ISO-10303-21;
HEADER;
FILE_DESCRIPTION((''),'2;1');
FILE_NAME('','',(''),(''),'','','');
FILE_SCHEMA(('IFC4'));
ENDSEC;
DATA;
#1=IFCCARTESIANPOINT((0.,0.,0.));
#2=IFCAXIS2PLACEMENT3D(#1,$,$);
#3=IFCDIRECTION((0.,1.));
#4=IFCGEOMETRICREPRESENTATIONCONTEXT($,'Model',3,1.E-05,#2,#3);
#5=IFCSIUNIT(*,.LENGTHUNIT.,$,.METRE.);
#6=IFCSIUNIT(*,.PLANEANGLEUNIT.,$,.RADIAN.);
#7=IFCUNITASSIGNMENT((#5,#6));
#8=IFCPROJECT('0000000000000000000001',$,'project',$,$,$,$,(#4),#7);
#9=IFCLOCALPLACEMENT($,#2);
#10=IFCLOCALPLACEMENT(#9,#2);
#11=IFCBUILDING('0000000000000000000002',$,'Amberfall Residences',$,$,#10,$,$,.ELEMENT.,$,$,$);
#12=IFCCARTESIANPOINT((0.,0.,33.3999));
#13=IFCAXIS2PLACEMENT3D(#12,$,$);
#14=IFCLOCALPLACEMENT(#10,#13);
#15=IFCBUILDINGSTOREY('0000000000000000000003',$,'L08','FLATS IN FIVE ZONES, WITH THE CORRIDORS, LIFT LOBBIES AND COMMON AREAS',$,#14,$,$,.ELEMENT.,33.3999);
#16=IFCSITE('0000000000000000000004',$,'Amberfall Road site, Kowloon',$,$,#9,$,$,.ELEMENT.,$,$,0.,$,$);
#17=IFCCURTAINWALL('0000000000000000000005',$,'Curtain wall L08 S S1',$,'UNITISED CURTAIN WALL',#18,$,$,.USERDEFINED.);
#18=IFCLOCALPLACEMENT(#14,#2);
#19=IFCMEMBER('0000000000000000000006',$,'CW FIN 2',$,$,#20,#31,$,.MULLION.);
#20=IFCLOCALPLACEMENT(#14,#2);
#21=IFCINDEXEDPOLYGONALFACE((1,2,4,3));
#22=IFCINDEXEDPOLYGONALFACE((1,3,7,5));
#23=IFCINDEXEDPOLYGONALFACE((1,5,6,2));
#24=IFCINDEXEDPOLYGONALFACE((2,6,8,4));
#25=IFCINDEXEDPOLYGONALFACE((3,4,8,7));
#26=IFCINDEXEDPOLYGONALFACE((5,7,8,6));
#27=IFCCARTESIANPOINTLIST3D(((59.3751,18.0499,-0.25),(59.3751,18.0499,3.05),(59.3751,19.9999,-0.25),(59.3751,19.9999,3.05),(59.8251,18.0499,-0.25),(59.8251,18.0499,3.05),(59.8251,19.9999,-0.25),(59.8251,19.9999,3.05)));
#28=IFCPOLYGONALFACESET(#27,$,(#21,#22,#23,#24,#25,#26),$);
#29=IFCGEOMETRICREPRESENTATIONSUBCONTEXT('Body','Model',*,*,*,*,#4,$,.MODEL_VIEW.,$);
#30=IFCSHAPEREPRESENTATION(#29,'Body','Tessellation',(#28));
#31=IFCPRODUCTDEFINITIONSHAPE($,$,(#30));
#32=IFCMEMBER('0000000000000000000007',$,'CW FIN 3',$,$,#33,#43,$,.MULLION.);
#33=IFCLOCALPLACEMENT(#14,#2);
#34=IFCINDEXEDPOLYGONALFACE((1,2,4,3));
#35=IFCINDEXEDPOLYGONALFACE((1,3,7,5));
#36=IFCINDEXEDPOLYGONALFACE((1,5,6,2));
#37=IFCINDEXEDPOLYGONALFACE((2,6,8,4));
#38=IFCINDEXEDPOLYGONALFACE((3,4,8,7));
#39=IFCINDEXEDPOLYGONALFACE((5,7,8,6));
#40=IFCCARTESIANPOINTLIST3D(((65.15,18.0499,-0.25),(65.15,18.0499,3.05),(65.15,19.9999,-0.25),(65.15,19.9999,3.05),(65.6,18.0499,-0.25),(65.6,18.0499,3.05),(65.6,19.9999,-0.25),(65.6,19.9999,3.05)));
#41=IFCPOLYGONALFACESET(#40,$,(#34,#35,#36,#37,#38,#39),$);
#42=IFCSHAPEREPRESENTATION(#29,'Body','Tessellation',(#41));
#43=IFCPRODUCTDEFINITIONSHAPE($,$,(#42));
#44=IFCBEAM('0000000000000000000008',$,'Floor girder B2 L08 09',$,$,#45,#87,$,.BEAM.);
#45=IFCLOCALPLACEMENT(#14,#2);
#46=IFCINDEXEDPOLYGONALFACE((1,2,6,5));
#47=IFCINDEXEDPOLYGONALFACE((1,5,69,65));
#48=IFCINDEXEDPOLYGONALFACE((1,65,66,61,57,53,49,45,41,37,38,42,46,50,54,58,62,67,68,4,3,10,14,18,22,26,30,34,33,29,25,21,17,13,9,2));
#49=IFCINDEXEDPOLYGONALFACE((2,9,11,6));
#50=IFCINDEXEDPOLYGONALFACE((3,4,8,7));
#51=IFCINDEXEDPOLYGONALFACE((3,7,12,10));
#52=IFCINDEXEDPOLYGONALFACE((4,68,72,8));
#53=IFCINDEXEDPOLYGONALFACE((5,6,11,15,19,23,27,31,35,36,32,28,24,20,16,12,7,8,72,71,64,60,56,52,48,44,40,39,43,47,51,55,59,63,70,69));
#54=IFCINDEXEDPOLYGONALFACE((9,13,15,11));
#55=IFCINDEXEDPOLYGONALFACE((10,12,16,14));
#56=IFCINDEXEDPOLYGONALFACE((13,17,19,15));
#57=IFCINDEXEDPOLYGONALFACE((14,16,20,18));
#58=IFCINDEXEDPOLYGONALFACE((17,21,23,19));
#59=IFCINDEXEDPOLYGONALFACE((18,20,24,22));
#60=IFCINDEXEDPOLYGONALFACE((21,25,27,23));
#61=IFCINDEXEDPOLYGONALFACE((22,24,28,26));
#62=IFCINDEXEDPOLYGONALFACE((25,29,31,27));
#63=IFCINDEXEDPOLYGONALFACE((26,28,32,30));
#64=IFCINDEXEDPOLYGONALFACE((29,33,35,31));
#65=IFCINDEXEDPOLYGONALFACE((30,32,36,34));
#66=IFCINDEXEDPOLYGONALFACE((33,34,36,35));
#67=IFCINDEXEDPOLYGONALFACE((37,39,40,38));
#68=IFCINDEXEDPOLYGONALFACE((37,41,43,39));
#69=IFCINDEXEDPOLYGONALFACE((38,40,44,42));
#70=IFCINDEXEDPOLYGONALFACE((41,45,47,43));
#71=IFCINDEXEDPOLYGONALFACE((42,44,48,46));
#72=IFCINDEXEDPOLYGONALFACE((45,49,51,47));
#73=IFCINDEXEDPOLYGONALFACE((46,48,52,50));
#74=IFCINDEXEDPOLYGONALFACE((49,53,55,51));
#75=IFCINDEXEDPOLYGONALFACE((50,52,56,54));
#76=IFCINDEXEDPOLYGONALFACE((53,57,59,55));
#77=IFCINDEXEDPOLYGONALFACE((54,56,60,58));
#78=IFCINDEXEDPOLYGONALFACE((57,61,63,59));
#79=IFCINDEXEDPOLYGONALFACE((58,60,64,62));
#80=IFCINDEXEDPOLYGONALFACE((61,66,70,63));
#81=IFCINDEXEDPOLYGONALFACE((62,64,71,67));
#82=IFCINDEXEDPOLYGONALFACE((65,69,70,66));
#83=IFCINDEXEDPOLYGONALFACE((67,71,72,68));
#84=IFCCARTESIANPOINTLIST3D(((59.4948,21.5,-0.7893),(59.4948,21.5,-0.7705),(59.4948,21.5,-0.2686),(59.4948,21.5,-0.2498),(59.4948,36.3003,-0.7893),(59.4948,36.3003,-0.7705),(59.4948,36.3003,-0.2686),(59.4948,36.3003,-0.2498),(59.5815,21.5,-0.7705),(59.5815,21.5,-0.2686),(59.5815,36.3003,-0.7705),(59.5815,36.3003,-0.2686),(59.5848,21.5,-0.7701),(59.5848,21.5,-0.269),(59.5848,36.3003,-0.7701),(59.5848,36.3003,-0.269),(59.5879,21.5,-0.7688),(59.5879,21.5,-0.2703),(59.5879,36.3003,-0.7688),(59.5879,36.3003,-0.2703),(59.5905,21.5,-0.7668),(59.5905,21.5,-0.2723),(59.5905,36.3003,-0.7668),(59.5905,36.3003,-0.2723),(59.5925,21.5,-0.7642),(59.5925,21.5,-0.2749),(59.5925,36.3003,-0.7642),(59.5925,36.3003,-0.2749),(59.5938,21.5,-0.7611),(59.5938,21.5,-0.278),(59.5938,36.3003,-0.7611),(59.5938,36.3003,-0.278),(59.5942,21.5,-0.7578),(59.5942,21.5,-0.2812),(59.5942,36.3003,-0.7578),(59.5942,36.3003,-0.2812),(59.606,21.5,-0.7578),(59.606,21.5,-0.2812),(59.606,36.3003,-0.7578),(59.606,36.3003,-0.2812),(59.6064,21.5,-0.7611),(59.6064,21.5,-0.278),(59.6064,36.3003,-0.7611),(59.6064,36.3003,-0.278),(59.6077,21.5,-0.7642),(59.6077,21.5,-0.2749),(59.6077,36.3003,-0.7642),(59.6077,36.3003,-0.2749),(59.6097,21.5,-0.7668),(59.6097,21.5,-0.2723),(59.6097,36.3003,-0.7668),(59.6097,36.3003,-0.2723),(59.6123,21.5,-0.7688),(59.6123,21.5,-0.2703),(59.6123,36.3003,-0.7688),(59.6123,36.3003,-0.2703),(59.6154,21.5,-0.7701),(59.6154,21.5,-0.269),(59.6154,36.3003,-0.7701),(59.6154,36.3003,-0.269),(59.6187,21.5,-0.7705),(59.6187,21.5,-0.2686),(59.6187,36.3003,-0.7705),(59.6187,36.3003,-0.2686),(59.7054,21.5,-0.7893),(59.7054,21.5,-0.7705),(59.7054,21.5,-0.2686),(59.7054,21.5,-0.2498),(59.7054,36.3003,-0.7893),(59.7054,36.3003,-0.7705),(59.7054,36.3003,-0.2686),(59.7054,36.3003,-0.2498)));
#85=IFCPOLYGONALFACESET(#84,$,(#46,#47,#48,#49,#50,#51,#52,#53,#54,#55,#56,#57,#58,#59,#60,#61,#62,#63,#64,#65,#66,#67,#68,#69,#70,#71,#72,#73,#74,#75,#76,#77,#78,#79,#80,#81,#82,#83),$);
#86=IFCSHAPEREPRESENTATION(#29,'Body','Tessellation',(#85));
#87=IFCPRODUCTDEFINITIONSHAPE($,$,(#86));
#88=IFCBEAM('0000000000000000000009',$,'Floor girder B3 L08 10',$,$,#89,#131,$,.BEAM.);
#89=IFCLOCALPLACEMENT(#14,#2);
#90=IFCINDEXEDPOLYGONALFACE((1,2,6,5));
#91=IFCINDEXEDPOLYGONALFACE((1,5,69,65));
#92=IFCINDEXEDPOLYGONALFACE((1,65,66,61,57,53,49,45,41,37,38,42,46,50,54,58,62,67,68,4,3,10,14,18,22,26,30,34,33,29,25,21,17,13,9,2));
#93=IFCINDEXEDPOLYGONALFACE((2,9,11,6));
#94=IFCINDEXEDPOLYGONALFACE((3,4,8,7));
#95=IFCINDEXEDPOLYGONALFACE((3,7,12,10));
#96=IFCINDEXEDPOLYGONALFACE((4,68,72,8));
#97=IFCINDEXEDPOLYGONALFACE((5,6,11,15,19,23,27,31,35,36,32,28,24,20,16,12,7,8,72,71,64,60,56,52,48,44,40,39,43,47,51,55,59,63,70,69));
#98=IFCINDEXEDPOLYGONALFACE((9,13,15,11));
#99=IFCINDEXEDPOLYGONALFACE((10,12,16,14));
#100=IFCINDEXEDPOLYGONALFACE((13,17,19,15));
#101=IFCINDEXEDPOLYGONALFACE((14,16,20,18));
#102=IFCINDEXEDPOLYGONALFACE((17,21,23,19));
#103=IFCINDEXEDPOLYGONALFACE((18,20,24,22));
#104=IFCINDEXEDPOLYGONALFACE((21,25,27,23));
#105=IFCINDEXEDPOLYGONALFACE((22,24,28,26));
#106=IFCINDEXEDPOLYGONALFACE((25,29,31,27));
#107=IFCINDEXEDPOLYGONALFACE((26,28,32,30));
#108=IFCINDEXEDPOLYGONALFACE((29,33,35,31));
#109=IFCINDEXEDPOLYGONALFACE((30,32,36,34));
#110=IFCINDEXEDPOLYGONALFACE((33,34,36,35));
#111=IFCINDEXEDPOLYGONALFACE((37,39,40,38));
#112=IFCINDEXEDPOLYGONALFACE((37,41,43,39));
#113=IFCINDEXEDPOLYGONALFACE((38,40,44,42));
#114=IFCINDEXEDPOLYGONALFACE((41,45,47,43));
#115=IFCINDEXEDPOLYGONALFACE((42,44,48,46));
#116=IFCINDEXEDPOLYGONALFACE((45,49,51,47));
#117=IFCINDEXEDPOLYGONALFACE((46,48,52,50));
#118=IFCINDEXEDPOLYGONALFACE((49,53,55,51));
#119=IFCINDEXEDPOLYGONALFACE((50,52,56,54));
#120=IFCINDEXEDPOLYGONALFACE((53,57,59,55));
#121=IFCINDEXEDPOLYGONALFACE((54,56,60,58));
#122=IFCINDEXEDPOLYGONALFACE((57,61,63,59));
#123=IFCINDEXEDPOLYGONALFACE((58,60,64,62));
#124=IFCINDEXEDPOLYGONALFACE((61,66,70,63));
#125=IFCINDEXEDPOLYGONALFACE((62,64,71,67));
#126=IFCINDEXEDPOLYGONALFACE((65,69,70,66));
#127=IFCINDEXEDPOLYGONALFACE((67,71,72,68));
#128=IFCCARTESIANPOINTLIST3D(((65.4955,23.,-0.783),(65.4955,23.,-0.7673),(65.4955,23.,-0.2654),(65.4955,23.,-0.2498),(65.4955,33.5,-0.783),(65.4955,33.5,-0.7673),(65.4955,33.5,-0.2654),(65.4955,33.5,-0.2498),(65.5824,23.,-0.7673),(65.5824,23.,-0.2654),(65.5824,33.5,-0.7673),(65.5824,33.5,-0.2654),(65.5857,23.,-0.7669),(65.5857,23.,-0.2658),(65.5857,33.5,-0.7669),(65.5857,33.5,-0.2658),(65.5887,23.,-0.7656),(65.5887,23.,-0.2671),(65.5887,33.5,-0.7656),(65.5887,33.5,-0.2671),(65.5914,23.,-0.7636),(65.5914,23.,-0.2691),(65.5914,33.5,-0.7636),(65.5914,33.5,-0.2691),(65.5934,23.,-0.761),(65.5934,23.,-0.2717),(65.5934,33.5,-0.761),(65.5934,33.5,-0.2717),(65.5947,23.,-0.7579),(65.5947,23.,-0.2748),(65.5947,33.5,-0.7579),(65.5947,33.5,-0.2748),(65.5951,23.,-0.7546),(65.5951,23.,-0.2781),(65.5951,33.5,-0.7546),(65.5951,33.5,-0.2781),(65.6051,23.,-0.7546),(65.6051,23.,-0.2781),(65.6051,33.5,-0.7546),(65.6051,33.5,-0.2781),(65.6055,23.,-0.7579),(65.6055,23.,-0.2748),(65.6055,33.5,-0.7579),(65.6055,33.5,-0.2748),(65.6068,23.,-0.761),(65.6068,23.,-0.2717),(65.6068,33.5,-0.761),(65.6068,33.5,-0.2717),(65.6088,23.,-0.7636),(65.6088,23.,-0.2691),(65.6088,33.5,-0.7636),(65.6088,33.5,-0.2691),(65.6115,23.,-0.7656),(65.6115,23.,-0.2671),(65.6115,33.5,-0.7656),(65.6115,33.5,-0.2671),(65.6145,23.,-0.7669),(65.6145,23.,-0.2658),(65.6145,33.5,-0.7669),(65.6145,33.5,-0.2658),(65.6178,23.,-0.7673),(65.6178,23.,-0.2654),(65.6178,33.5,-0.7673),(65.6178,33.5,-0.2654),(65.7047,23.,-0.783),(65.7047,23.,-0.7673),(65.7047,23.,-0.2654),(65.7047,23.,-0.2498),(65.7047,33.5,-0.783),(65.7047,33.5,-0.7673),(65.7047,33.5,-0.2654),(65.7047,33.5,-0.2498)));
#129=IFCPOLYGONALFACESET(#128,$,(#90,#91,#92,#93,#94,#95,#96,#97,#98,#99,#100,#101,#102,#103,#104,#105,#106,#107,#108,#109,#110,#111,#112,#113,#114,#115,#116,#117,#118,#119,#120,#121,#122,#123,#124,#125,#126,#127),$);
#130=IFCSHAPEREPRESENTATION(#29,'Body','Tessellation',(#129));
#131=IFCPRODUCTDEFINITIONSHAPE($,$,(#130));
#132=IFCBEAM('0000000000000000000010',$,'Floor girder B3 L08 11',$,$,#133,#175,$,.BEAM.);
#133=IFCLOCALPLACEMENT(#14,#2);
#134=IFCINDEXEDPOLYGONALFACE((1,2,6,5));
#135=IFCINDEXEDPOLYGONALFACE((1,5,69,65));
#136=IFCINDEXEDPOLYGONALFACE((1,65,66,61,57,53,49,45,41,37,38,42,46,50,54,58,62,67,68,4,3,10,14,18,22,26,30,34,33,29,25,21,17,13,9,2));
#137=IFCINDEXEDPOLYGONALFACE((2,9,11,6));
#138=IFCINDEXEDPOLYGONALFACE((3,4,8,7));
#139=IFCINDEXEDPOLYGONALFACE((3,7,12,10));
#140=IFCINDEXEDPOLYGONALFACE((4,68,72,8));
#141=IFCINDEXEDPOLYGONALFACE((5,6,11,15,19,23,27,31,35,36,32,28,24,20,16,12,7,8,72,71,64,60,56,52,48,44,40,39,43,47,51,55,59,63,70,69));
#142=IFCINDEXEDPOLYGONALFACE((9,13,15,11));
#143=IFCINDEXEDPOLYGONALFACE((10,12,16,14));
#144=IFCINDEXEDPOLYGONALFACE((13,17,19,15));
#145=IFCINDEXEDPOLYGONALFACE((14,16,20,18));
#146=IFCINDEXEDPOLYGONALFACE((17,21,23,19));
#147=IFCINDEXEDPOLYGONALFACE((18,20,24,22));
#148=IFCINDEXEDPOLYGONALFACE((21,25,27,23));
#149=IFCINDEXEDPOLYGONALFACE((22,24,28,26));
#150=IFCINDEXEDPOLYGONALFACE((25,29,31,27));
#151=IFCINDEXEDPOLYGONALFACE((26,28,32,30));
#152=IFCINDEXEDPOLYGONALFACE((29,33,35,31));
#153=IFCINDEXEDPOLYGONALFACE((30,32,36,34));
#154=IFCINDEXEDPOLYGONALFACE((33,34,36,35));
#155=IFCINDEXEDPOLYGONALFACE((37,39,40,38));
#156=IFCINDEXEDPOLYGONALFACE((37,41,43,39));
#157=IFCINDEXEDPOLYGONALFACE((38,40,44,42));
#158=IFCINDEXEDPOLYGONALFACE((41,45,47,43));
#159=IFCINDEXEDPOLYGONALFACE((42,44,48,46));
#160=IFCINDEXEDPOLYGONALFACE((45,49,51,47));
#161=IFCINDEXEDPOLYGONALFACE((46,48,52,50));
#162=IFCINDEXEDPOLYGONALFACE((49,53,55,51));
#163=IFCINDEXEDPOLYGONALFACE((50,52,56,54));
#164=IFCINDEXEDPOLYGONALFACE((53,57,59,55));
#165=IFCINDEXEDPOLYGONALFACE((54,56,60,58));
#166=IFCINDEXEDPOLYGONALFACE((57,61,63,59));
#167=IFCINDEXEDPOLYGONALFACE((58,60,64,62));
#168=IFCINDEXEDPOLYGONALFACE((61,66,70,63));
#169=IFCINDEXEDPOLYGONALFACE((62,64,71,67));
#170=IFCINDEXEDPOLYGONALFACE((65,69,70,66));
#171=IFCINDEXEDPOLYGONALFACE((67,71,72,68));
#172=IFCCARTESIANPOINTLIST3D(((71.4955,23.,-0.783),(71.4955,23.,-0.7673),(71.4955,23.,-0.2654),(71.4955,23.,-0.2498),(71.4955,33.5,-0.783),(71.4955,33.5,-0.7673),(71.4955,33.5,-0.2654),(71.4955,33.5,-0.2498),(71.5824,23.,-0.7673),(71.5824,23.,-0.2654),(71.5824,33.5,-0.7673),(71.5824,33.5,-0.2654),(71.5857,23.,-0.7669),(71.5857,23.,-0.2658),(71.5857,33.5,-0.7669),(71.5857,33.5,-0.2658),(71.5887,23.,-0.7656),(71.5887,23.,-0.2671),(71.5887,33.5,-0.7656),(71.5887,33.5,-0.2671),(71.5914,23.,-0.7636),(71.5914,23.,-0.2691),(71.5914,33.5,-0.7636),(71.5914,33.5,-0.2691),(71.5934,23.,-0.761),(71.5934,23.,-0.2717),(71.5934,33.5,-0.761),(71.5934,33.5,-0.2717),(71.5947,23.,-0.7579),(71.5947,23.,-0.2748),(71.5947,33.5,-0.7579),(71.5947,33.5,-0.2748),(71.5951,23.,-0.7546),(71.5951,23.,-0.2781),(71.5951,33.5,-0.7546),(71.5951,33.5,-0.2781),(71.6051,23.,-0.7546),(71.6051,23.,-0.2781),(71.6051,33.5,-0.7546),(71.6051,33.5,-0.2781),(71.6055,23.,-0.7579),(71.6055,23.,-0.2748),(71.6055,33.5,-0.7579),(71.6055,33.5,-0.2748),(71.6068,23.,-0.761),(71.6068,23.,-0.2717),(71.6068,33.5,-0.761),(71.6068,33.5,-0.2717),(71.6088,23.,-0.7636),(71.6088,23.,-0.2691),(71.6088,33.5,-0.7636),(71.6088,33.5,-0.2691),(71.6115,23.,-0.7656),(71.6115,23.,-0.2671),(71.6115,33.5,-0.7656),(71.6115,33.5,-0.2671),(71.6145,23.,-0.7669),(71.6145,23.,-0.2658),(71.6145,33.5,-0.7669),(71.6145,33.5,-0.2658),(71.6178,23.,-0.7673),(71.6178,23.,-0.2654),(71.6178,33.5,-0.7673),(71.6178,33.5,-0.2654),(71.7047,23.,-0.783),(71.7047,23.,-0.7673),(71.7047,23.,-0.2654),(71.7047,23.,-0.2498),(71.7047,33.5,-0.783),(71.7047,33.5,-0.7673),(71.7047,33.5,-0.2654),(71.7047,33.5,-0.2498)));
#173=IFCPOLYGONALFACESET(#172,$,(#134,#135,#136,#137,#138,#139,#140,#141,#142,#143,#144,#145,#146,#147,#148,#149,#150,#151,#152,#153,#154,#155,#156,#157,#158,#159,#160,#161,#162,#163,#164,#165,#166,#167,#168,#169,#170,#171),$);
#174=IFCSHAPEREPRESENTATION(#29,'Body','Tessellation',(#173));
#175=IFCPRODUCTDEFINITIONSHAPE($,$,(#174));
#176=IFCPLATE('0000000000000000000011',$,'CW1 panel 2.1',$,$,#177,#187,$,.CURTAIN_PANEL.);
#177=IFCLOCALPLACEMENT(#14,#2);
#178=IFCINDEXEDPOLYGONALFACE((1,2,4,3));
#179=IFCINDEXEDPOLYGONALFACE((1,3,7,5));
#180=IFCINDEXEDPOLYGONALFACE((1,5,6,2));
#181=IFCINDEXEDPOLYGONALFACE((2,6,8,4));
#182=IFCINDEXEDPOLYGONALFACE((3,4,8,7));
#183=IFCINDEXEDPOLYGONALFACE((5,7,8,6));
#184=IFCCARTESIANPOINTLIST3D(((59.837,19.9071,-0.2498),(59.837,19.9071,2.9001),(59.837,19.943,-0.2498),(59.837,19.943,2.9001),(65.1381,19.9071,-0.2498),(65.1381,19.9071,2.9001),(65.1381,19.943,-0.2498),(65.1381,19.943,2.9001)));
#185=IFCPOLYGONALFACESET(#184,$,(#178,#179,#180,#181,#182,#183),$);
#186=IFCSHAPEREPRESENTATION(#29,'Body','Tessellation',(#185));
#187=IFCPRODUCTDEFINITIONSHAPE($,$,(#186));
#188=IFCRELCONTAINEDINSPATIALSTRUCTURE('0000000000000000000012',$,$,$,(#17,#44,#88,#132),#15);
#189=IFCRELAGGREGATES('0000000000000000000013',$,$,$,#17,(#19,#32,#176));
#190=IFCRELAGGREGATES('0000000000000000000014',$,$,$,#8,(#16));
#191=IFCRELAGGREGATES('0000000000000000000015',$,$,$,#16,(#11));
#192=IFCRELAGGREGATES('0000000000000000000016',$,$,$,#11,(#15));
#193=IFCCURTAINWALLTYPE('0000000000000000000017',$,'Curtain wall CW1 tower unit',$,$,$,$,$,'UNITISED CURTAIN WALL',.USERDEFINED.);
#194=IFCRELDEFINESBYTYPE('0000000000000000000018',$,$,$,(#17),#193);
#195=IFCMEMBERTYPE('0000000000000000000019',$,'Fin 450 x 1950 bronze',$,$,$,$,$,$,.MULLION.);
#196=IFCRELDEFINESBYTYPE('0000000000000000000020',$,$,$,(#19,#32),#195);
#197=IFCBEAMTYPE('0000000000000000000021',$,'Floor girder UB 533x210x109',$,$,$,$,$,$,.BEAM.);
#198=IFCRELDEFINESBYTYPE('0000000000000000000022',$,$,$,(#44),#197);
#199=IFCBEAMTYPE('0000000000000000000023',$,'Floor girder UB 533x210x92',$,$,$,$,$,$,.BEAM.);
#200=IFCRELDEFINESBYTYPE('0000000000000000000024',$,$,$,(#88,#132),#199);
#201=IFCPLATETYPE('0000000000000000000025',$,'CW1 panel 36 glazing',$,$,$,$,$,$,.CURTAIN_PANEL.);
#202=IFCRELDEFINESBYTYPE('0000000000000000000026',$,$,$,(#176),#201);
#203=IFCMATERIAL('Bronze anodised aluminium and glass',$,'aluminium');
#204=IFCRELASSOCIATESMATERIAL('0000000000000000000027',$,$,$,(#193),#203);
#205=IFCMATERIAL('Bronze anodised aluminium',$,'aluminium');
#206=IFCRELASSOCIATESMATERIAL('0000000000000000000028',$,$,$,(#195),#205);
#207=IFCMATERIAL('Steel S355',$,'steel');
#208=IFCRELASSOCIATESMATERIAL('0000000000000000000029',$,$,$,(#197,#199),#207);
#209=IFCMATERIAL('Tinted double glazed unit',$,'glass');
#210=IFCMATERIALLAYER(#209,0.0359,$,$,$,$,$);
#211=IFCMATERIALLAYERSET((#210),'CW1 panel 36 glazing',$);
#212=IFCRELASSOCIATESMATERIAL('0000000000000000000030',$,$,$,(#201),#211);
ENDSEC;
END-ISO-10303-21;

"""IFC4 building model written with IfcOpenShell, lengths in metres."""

from ifc_helpers import new_model, si_unit, direction, frame, origin, origin_2d, place, context, subcontext, project, spatial, rectangle, i_section, extrude, material, layer, layer_set, material_profile, profile_set, type_object, element, aggregate, save


model = new_model("IFC4")

# Units and contexts
model_context = context("Model", 3, precision=1e-05, world=origin(), true_north=direction((0.0, 1.0)))
body_context = subcontext(model_context, "Body", "Model", "MODEL_VIEW")
ifc_project = project(units=[si_unit("LENGTHUNIT", "METRE"), si_unit("PLANEANGLEUNIT", "RADIAN")], contexts=[model_context])

# Site, building, storey
site_placement = place(None, origin())
site = spatial("IfcSite", under=ifc_project, at=site_placement, Name="Amberfall Road site, Kowloon", CompositionType="ELEMENT", RefElevation=0.0)
building_placement = place(site_placement, origin())
building = spatial("IfcBuilding", under=site, at=building_placement, Name="Amberfall Residences", CompositionType="ELEMENT")
storey_placement = place(building_placement, frame((0.0, 0.0, 33.3999)))
storey = spatial("IfcBuildingStorey", under=building, at=storey_placement, Name="L08", Description="FLATS IN FIVE ZONES, WITH THE CORRIDORS, LIFT LOBBIES AND COMMON AREAS", CompositionType="ELEMENT", Elevation=33.3999)

# Curtain wall
ifc_material_1 = material(Name="Bronze anodised aluminium and glass", Category="aluminium")
curtain_wall_type = type_object("IfcCurtainWallType", Name="Curtain wall CW1 tower unit", ElementType="UNITISED CURTAIN WALL", PredefinedType="USERDEFINED", material=ifc_material_1)
curtain_wall_placement = place(storey_placement, origin())
curtain_wall = element("IfcCurtainWall", 1, at=curtain_wall_placement, inside=storey, type_object=curtain_wall_type, Name="Curtain wall L08 S S1", ObjectType="UNITISED CURTAIN WALL", PredefinedType="USERDEFINED")
ifc_material_2 = material(Name="Bronze anodised aluminium", Category="aluminium")

# Shared definitions
ifc_material_3 = material(Name="Steel S355", Category="steel")

# Members
ifc_material_profile_1 = material_profile(ifc_material_2, rectangle(XDim=1.95, YDim=0.45, at=origin_2d()), Name="Fin 450 x 1950 bronze")
ifc_profile_set_1 = profile_set([ifc_material_profile_1], Name="Bronze anodised aluminium")
member_type_1 = type_object("IfcMemberType", Name="Fin 450 x 1950 bronze", PredefinedType="MULLION", material=ifc_profile_set_1)
member_1_placement = place(storey_placement, frame((59.6001, 19.0249, -0.25), z_axis=(0.0, 0.0, 1.0), x_axis=(0.0, 1.0, 0.0)))
member_1 = element("IfcMember", 2, at=member_1_placement, type_object=member_type_1, Name="CW FIN 2", PredefinedType="MULLION", context=body_context, shape_type="SweptSolid", body=[
    extrude(rectangle(XDim=1.95, YDim=0.45, at=origin_2d()), origin(), (0.0, 0.0, 1.0), 3.3),
])
member_2_placement = place(storey_placement, frame((65.375, 19.0249, -0.25), z_axis=(0.0, 0.0, 1.0), x_axis=(0.0, 1.0, 0.0)))
member_2 = element("IfcMember", 3, at=member_2_placement, type_object=member_type_1, Name="CW FIN 3", PredefinedType="MULLION", context=body_context, shape_type="SweptSolid", body=[
    extrude(rectangle(XDim=1.95, YDim=0.45, at=origin_2d()), origin(), (0.0, 0.0, 1.0), 3.3),
])

# Beams
ifc_material_profile_2 = material_profile(ifc_material_3, i_section(OverallWidth=0.2107, OverallDepth=0.5396, WebThickness=0.0117, FlangeThickness=0.0188, FilletRadius=0.0127, at=origin_2d()), Name="UB 533x210x109")
ifc_profile_set_2 = profile_set([ifc_material_profile_2], Name="Steel S355")
beam_type_1 = type_object("IfcBeamType", Name="Floor girder UB 533x210x109", PredefinedType="BEAM", material=ifc_profile_set_2)
beam_1_placement = place(storey_placement, frame((59.6001, 21.5, -0.5195), z_axis=(0.0, 1.0, 0.0), x_axis=(-1.0, 0.0, 0.0)))
element("IfcBeam", 4, at=beam_1_placement, inside=storey, type_object=beam_type_1, Name="Floor girder B2 L08 09", PredefinedType="BEAM", context=body_context, shape_type="SweptSolid", body=[
    extrude(i_section(OverallWidth=0.2107, OverallDepth=0.5396, WebThickness=0.0117, FlangeThickness=0.0188, FilletRadius=0.0127, at=origin_2d()), origin(), (0.0, 0.0, 1.0), 14.8003),
])
ifc_material_profile_3 = material_profile(ifc_material_3, i_section(OverallWidth=0.2092, OverallDepth=0.5332, WebThickness=0.01, FlangeThickness=0.0156, FilletRadius=0.0127, at=origin_2d()), Name="UB 533x210x92")
ifc_profile_set_3 = profile_set([ifc_material_profile_3], Name="Steel S355")
beam_type_2 = type_object("IfcBeamType", Name="Floor girder UB 533x210x92", PredefinedType="BEAM", material=ifc_profile_set_3)
for number, where, z_axis, x_axis, name in (
    (5, (65.6001, 23.0, -0.5164), (0.0, 1.0, 0.0), (-1.0, 0.0, 0.0), "Floor girder B3 L08 10"),
    (6, (71.6001, 23.0, -0.5164), (0.0, 1.0, 0.0), (-1.0, 0.0, 0.0), "Floor girder B3 L08 11"),
):
    element("IfcBeam", number, at=place(storey_placement, frame(where, z_axis=z_axis, x_axis=x_axis)), inside=storey, type_object=beam_type_2, Name=name, PredefinedType="BEAM", context=body_context, shape_type="SweptSolid", body=[
        extrude(i_section(OverallWidth=0.2092, OverallDepth=0.5332, WebThickness=0.01, FlangeThickness=0.0156, FilletRadius=0.0127, at=origin_2d()), origin(), (0.0, 0.0, 1.0), 10.5),
    ])

# Plate
ifc_material_4 = material(Name="Tinted double glazed unit", Category="glass")
ifc_layer_1 = layer(ifc_material_4, 0.0359)
ifc_layer_set_1 = layer_set([ifc_layer_1], Name="CW1 panel 36 glazing")
plate_type = type_object("IfcPlateType", Name="CW1 panel 36 glazing", PredefinedType="CURTAIN_PANEL", material=ifc_layer_set_1)
plate_placement = place(storey_placement, frame((62.4875, 19.925, -0.2498), z_axis=(0.0, 0.0, 1.0), x_axis=(1.0, 0.0, 0.0)))
plate = element("IfcPlate", 7, at=plate_placement, type_object=plate_type, Name="CW1 panel 2.1", PredefinedType="CURTAIN_PANEL", context=body_context, shape_type="SweptSolid", body=[
    extrude(rectangle(XDim=5.301, YDim=0.0359, at=origin_2d()), origin(), (0.0, 0.0, 1.0), 3.1499),
])
aggregate(curtain_wall, [member_1, member_2, plate])

save(model, "model.ifc")
